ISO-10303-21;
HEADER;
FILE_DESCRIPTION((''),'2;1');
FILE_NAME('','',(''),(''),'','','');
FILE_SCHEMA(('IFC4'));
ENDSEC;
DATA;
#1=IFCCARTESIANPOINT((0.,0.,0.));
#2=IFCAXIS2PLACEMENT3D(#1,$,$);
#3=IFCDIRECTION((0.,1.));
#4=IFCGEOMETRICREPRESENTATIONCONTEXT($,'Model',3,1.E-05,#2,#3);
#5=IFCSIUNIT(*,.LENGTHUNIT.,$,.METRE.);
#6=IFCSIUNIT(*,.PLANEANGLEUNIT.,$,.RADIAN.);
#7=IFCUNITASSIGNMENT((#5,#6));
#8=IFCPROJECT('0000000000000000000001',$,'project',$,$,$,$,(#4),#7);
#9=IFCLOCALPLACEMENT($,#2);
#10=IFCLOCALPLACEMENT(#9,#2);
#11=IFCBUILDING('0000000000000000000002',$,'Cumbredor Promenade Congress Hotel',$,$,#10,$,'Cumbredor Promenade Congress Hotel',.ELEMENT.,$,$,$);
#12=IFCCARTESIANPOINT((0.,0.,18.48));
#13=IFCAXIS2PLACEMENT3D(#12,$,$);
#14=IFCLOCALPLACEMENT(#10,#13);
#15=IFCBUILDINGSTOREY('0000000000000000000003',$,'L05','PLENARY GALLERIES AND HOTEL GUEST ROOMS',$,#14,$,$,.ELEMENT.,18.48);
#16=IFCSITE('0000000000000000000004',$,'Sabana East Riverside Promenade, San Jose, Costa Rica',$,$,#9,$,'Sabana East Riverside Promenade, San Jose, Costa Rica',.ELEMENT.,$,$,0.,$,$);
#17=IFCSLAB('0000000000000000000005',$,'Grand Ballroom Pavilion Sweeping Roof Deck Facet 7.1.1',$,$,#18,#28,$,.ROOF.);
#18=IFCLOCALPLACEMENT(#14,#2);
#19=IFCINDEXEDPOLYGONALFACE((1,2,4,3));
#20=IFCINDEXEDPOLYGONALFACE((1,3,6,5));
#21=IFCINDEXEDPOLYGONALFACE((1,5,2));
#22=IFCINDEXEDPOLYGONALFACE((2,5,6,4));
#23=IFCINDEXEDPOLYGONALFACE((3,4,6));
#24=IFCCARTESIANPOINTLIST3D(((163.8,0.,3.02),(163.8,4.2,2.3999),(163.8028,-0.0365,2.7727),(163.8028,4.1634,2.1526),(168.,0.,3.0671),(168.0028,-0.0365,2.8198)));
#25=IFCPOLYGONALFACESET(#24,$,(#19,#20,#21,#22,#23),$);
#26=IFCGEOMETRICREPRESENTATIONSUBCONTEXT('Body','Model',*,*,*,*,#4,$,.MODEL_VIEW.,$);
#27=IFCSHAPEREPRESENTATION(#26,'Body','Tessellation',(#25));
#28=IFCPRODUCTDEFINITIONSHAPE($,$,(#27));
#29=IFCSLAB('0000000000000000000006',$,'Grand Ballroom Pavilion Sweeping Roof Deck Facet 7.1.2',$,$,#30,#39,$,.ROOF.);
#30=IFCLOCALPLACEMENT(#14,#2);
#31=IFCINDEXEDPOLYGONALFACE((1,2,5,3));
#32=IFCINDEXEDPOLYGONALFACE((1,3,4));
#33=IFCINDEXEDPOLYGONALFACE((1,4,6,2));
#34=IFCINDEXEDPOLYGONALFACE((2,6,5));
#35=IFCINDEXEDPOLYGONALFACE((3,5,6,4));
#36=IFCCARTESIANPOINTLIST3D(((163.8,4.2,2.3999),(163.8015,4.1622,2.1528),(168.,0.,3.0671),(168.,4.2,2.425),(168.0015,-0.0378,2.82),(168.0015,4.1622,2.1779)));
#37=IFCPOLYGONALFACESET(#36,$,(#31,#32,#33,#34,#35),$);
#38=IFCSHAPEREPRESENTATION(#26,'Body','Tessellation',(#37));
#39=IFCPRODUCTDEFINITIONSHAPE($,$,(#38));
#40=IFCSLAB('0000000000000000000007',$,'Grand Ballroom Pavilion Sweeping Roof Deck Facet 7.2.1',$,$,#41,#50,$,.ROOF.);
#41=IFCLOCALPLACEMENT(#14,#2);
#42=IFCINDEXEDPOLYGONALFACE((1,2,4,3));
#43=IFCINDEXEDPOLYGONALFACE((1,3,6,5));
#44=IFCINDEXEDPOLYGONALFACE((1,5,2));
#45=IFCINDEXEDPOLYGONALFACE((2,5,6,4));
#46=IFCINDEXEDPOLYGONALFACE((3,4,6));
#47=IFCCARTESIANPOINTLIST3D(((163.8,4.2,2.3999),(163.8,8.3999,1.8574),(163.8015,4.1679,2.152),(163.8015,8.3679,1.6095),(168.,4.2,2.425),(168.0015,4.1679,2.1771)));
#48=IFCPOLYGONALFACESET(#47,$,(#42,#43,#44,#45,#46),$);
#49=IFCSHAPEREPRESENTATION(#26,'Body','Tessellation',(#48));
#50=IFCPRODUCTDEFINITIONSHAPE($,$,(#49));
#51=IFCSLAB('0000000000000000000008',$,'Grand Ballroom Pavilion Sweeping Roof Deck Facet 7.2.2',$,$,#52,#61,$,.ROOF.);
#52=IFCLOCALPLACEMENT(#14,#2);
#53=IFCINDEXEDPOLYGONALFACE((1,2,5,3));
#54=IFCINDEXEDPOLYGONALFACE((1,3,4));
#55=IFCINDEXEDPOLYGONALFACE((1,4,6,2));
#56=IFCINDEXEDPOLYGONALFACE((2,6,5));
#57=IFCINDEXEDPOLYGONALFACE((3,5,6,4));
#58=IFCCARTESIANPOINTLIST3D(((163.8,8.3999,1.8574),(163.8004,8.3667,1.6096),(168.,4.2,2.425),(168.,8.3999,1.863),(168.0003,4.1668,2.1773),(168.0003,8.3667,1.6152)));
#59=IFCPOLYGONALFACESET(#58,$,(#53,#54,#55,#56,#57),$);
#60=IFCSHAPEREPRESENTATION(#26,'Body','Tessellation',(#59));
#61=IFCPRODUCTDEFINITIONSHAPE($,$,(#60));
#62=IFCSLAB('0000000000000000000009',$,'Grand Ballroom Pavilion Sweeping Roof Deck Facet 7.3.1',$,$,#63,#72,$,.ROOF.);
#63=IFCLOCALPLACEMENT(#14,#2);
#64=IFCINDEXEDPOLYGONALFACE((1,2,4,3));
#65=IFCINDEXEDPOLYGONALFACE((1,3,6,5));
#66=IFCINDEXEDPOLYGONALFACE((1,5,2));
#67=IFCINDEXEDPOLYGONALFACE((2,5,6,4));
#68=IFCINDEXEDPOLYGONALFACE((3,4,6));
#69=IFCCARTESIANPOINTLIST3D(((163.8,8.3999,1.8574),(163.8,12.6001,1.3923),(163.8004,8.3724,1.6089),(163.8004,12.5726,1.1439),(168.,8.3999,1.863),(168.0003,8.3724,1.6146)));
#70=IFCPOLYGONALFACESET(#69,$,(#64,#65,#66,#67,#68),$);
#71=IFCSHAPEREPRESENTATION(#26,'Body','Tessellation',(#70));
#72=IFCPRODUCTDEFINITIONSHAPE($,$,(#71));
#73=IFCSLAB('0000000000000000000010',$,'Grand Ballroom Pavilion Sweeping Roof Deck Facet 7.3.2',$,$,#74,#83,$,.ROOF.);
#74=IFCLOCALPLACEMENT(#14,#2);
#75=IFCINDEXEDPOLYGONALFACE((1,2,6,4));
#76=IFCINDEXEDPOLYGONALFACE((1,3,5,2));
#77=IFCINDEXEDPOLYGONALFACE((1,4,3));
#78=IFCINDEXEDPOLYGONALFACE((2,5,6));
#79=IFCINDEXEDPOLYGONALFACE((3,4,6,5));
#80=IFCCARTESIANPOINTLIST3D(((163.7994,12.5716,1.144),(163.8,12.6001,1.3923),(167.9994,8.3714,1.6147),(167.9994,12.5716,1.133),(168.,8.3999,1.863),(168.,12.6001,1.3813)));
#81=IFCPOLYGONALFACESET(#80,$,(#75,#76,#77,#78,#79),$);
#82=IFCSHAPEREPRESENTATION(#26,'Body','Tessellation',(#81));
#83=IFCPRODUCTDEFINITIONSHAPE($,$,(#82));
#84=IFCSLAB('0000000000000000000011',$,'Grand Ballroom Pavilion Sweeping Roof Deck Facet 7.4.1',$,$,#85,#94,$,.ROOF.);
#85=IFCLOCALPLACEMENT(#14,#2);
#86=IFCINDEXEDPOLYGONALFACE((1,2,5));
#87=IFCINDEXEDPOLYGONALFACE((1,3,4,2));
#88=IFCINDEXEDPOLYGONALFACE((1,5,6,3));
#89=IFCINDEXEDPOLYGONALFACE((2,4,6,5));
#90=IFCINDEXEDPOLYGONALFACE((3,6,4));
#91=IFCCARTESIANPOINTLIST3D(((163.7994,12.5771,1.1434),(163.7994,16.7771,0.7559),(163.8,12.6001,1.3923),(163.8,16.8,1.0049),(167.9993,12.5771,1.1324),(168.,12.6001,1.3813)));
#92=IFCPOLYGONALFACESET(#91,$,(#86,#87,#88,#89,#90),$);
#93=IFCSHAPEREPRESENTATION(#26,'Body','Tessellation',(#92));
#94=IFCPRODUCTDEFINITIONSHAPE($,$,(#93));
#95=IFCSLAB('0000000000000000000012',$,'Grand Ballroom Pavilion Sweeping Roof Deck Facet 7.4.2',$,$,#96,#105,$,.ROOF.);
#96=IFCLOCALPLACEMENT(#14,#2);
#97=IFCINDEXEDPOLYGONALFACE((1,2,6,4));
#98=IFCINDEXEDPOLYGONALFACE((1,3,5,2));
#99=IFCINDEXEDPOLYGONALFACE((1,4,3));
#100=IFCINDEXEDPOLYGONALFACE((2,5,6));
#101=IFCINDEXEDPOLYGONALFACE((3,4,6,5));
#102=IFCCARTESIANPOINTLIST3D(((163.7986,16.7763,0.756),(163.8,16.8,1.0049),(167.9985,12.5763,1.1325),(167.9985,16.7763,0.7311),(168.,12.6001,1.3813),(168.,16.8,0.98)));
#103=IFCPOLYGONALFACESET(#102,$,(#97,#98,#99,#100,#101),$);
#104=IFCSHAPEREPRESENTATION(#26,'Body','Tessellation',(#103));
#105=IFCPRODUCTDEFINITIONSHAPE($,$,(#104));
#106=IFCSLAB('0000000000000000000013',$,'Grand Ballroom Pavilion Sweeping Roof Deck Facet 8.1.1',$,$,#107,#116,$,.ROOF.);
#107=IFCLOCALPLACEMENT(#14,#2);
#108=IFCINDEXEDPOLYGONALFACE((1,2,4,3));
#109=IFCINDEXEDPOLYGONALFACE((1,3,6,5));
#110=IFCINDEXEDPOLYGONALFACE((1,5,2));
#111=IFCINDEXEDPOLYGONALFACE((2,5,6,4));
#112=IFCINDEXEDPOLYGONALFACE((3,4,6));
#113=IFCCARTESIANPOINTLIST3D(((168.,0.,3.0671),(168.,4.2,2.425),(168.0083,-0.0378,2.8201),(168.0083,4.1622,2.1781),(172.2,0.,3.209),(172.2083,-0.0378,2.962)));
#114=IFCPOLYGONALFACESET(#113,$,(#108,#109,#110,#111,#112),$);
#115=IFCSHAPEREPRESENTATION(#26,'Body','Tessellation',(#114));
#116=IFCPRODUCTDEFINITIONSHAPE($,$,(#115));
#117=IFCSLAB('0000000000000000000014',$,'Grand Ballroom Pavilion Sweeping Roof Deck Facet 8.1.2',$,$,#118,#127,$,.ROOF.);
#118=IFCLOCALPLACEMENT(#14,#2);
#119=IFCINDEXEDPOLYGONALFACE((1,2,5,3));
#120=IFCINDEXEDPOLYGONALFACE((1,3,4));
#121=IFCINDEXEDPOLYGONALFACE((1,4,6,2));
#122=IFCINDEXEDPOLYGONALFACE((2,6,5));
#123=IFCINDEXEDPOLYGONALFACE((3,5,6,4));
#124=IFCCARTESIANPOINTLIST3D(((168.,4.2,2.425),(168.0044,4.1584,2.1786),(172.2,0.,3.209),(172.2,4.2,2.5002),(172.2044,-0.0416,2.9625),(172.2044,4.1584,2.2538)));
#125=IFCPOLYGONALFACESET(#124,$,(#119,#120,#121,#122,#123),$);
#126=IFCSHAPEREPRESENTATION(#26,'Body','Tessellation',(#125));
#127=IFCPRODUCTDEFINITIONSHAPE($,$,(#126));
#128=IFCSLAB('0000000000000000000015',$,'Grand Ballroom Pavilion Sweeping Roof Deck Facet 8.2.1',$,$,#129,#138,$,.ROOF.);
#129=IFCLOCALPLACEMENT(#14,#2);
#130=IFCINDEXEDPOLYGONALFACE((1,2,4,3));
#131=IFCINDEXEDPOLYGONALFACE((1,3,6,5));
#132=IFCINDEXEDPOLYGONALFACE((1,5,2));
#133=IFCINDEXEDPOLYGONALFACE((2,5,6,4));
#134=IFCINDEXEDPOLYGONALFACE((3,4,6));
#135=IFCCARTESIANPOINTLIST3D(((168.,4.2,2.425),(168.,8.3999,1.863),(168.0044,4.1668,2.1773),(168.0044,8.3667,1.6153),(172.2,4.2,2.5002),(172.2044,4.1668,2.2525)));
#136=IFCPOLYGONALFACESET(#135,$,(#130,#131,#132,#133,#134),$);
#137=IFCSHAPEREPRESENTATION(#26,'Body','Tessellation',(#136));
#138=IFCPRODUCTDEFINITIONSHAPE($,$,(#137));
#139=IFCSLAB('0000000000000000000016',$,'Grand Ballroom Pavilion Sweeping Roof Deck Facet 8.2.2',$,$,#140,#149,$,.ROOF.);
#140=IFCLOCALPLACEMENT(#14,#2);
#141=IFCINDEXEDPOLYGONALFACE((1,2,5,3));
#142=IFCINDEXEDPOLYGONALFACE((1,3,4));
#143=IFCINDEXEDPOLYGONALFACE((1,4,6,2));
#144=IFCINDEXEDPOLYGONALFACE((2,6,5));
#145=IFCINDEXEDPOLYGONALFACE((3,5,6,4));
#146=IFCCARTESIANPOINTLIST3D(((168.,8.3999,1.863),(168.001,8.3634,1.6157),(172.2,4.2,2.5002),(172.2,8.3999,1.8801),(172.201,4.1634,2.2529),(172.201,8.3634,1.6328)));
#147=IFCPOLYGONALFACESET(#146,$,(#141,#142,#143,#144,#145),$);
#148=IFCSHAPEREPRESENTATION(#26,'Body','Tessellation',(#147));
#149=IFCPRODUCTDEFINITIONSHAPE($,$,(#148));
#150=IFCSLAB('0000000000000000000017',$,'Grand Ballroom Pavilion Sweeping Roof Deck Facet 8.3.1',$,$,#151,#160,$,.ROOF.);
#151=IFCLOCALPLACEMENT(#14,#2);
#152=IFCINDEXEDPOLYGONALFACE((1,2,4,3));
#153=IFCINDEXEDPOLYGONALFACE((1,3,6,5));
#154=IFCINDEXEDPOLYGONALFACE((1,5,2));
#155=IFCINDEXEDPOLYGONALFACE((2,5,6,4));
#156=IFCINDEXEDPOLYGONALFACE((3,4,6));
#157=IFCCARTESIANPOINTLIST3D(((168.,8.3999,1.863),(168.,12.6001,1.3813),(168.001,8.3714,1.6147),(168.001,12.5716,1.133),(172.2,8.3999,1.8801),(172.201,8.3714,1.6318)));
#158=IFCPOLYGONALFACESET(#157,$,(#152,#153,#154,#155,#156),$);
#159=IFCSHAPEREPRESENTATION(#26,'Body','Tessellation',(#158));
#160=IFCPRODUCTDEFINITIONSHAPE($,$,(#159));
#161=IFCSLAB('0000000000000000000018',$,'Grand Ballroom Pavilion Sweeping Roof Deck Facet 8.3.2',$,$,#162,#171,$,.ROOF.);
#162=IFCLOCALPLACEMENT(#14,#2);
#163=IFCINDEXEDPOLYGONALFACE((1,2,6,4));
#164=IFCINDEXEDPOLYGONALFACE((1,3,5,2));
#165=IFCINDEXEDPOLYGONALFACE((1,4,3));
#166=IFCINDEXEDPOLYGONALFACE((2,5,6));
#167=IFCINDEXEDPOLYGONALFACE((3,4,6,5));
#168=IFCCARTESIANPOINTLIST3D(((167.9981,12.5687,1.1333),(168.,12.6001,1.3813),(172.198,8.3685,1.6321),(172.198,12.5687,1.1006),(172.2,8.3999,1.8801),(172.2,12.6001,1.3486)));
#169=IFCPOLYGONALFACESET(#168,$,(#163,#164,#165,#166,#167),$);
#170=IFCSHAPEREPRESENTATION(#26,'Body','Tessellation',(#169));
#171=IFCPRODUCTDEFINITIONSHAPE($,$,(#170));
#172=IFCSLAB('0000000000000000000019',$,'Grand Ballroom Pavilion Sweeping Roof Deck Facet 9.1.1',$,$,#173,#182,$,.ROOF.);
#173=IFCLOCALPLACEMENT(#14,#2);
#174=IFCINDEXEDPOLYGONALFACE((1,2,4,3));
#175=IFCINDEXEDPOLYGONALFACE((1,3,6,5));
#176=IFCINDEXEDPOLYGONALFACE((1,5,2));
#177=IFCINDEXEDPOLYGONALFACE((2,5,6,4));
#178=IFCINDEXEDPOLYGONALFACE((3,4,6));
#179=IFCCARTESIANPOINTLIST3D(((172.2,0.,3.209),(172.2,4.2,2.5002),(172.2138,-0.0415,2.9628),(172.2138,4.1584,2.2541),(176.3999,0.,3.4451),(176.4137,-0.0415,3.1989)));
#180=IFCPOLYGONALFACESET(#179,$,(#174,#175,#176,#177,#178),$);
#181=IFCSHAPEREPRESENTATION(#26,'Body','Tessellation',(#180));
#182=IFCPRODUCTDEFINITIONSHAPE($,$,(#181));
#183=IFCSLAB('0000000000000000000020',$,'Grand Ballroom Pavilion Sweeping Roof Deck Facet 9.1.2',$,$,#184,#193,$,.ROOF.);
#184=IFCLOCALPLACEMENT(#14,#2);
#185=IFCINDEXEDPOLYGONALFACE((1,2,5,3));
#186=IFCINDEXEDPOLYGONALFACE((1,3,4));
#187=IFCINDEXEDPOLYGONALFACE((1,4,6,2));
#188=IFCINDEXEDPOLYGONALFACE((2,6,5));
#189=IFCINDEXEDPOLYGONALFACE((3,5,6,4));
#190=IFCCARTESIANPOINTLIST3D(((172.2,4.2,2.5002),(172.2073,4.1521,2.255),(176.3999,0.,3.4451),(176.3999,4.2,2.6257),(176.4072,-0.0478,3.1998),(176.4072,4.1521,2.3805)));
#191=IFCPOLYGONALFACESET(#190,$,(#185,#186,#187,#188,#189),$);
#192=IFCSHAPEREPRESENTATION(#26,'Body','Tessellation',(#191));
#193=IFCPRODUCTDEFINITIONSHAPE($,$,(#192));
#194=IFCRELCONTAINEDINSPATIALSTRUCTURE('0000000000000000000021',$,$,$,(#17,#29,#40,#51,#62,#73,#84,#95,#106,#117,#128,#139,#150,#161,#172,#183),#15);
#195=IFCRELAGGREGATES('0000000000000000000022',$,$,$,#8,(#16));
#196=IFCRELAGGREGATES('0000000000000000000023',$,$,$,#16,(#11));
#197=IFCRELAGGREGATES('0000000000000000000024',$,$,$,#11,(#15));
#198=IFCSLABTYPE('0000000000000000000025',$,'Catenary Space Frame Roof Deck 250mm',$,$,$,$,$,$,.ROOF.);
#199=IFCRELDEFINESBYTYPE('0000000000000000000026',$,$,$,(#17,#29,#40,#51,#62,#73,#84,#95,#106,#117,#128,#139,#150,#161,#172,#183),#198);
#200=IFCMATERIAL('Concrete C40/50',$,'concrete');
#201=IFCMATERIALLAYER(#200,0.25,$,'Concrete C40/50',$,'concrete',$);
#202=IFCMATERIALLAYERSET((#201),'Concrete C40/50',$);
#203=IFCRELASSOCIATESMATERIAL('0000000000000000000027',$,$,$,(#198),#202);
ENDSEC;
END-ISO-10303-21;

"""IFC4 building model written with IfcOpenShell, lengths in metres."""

from ifc_helpers import new_model, si_unit, direction, frame, origin, place, context, subcontext, project, spatial, polyline, outline, extrude, material, layer, layer_set, type_object, element, save


model = new_model("IFC4")

# Units and contexts
model_context = context("Model", 3, precision=1e-05, world=origin(), true_north=direction((0.0, 1.0)))
body_context = subcontext(model_context, "Body", "Model", "MODEL_VIEW")
ifc_project = project(units=[si_unit("LENGTHUNIT", "METRE"), si_unit("PLANEANGLEUNIT", "RADIAN")], contexts=[model_context])

# Site, building, storey
site_placement = place(None, origin())
site = spatial("IfcSite", under=ifc_project, at=site_placement, Name="Sabana East Riverside Promenade, San Jose, Costa Rica", LongName="Sabana East Riverside Promenade, San Jose, Costa Rica", CompositionType="ELEMENT", RefElevation=0.0)
building_placement = place(site_placement, origin())
building = spatial("IfcBuilding", under=site, at=building_placement, Name="Cumbredor Promenade Congress Hotel", LongName="Cumbredor Promenade Congress Hotel", CompositionType="ELEMENT")
storey_placement = place(building_placement, frame((0.0, 0.0, 18.48)))
storey = spatial("IfcBuildingStorey", under=building, at=storey_placement, Name="L05", Description="PLENARY GALLERIES AND HOTEL GUEST ROOMS", CompositionType="ELEMENT", Elevation=18.48)

# Slabs
ifc_material_1 = material(Name="Concrete C40/50", Category="concrete")
ifc_layer_1 = layer(ifc_material_1, 0.25, Name="Concrete C40/50", Category="concrete")
ifc_layer_set_1 = layer_set([ifc_layer_1], Name="Concrete C40/50")
slab_type = type_object("IfcSlabType", Name="Catenary Space Frame Roof Deck 250mm", PredefinedType="ROOF", material=ifc_layer_set_1)
slab_1_placement = place(storey_placement, frame((163.8, 0.0, 3.02), z_axis=(-0.011098, 0.146056, 0.989214), x_axis=(0.999937, 0.0, 0.011218)))
element("IfcSlab", 1, at=slab_1_placement, inside=storey, type_object=slab_type, Name="Grand Ballroom Pavilion Sweeping Roof Deck Facet 7.1.1", PredefinedType="ROOF", context=body_context, shape_type="SweptSolid", body=[
    extrude(outline(polyline([(0.0, 0.0), (4.2002, 0.0), (-0.007, 4.2455), (0.0, 0.0)])), origin(), (0.0, 0.0, -1.0), 0.25),
])
slab_2_placement = place(storey_placement, frame((168.0, 0.0, 3.0671), z_axis=(-0.005918, 0.151122, 0.988497), x_axis=(0.0, 0.988515, -0.151124)))
element("IfcSlab", 2, at=slab_2_placement, inside=storey, type_object=slab_type, Name="Grand Ballroom Pavilion Sweeping Roof Deck Facet 7.1.2", PredefinedType="ROOF", context=body_context, shape_type="SweptSolid", body=[
    extrude(outline(polyline([(0.0, 0.0), (4.2487, 0.0), (4.2525, 4.2), (0.0, 0.0)])), origin(), (0.0, 0.0, -1.0), 0.25),
])
slab_3_placement = place(storey_placement, frame((163.8, 4.2, 2.3999), z_axis=(-0.005938, 0.128097, 0.991744), x_axis=(0.999982, 0.0, 0.005987)))
element("IfcSlab", 3, at=slab_3_placement, inside=storey, type_object=slab_type, Name="Grand Ballroom Pavilion Sweeping Roof Deck Facet 7.2.1", PredefinedType="ROOF", context=body_context, shape_type="SweptSolid", body=[
    extrude(outline(polyline([(0.0, 0.0), (4.2, 0.0), (-0.0032, 4.2348), (0.0, 0.0)])), origin(), (0.0, 0.0, -1.0), 0.25),
])
slab_4_placement = place(storey_placement, frame((168.0, 4.2, 2.425), z_axis=(-0.001325, 0.132632, 0.991165), x_axis=(0.0, 0.991165, -0.132632)))
element("IfcSlab", 4, at=slab_4_placement, inside=storey, type_object=slab_type, Name="Grand Ballroom Pavilion Sweeping Roof Deck Facet 7.2.2", PredefinedType="ROOF", context=body_context, shape_type="SweptSolid", body=[
    extrude(outline(polyline([(0.0, 0.0), (4.2374, 0.0), (4.2381, 4.2), (0.0, 0.0)])), origin(), (0.0, 0.0, -1.0), 0.25),
])
slab_5_placement = place(storey_placement, frame((163.8, 8.3999, 1.8574), z_axis=(-0.001329, 0.110057, 0.993924), x_axis=(0.999999, 0.0, 0.001337)))
element("IfcSlab", 5, at=slab_5_placement, inside=storey, type_object=slab_type, Name="Grand Ballroom Pavilion Sweeping Roof Deck Facet 7.3.1", PredefinedType="ROOF", context=body_context, shape_type="SweptSolid", body=[
    extrude(outline(polyline([(0.0, 0.0), (4.2, 0.0), (-0.0006, 4.2259), (0.0, 0.0)])), origin(), (0.0, 0.0, -1.0), 0.25),
])
slab_6_placement = place(storey_placement, frame((168.0, 8.3999, 1.863), z_axis=(0.002599, 0.113935, 0.993485), x_axis=(0.0, 0.993488, -0.113936)))
element("IfcSlab", 6, at=slab_6_placement, inside=storey, type_object=slab_type, Name="Grand Ballroom Pavilion Sweeping Roof Deck Facet 7.3.2", PredefinedType="ROOF", context=body_context, shape_type="SweptSolid", body=[
    extrude(outline(polyline([(0.0, 0.0), (4.2277, 0.0), (4.2265, 4.2), (0.0, 0.0)])), origin(), (0.0, 0.0, -1.0), 0.25),
])
slab_7_placement = place(storey_placement, frame((163.8, 12.6001, 1.3923), z_axis=(0.002605, 0.091861, 0.995768), x_axis=(0.999997, 0.0, -0.002616)))
element("IfcSlab", 7, at=slab_7_placement, inside=storey, type_object=slab_type, Name="Grand Ballroom Pavilion Sweeping Roof Deck Facet 7.4.1", PredefinedType="ROOF", context=body_context, shape_type="SweptSolid", body=[
    extrude(outline(polyline([(0.0, 0.0), (4.2, 0.0), (0.001, 4.2178), (0.0, 0.0)])), origin(), (0.0, 0.0, -1.0), 0.25),
])
slab_8_placement = place(storey_placement, frame((168.0, 12.6001, 1.3813), z_axis=(0.005902, 0.09513, 0.995447), x_axis=(0.0, 0.995465, -0.095131)))
element("IfcSlab", 8, at=slab_8_placement, inside=storey, type_object=slab_type, Name="Grand Ballroom Pavilion Sweeping Roof Deck Facet 7.4.2", PredefinedType="ROOF", context=body_context, shape_type="SweptSolid", body=[
    extrude(outline(polyline([(0.0, 0.0), (4.2191, 0.0), (4.2167, 4.2), (0.0, 0.0)])), origin(), (0.0, 0.0, -1.0), 0.25),
])
slab_9_placement = place(storey_placement, frame((168.0, 0.0, 3.0671), z_axis=(-0.033367, 0.15104, 0.987964), x_axis=(0.99943, 0.0, 0.033754)))
element("IfcSlab", 9, at=slab_9_placement, inside=storey, type_object=slab_type, Name="Grand Ballroom Pavilion Sweeping Roof Deck Facet 8.1.1", PredefinedType="ROOF", context=body_context, shape_type="SweptSolid", body=[
    extrude(outline(polyline([(0.0, 0.0), (4.2023, 0.0), (-0.0217, 4.2487), (0.0, 0.0)])), origin(), (0.0, 0.0, -1.0), 0.25),
])
slab_10_placement = place(storey_placement, frame((172.2, 0.0, 3.209), z_axis=(-0.017652, 0.166371, 0.985905), x_axis=(0.0, 0.986059, -0.166397)))
element("IfcSlab", 10, at=slab_10_placement, inside=storey, type_object=slab_type, Name="Grand Ballroom Pavilion Sweeping Roof Deck Facet 8.1.2", PredefinedType="ROOF", context=body_context, shape_type="SweptSolid", body=[
    extrude(outline(polyline([(0.0, 0.0), (4.2593, 0.0), (4.2718, 4.2006), (0.0, 0.0)])), origin(), (0.0, 0.0, -1.0), 0.25),
])
slab_11_placement = place(storey_placement, frame((168.0, 4.2, 2.425), z_axis=(-0.017743, 0.132611, 0.991009), x_axis=(0.99984, 0.0, 0.017901)))
element("IfcSlab", 11, at=slab_11_placement, inside=storey, type_object=slab_type, Name="Grand Ballroom Pavilion Sweeping Roof Deck Facet 8.2.1", PredefinedType="ROOF", context=body_context, shape_type="SweptSolid", body=[
    extrude(outline(polyline([(0.0, 0.0), (4.2006, 0.0), (-0.0101, 4.2374), (0.0, 0.0)])), origin(), (0.0, 0.0, -1.0), 0.25),
])
slab_12_placement = place(storey_placement, frame((172.2, 4.2, 2.5002), z_axis=(-0.004025, 0.146064, 0.989267), x_axis=(0.0, 0.989275, -0.146065)))
element("IfcSlab", 12, at=slab_12_placement, inside=storey, type_object=slab_type, Name="Grand Ballroom Pavilion Sweeping Roof Deck Facet 8.2.2", PredefinedType="ROOF", context=body_context, shape_type="SweptSolid", body=[
    extrude(outline(polyline([(0.0, 0.0), (4.2455, 0.0), (4.248, 4.2), (0.0, 0.0)])), origin(), (0.0, 0.0, -1.0), 0.25),
])
slab_13_placement = place(storey_placement, frame((168.0, 8.3999, 1.863), z_axis=(-0.004043, 0.113935, 0.99348), x_axis=(0.999992, 0.0, 0.004069)))
element("IfcSlab", 13, at=slab_13_placement, inside=storey, type_object=slab_type, Name="Grand Ballroom Pavilion Sweeping Roof Deck Facet 8.3.1", PredefinedType="ROOF", context=body_context, shape_type="SweptSolid", body=[
    extrude(outline(polyline([(0.0, 0.0), (4.2, 0.0), (-0.002, 4.2277), (0.0, 0.0)])), origin(), (0.0, 0.0, -1.0), 0.25),
])
slab_14_placement = place(storey_placement, frame((172.2, 8.3999, 1.8801), z_axis=(0.007727, 0.125535, 0.992059), x_axis=(0.0, 0.992089, -0.125539)))
element("IfcSlab", 14, at=slab_14_placement, inside=storey, type_object=slab_type, Name="Grand Ballroom Pavilion Sweeping Roof Deck Facet 8.3.2", PredefinedType="ROOF", context=body_context, shape_type="SweptSolid", body=[
    extrude(outline(polyline([(0.0, 0.0), (4.2337, 0.0), (4.2296, 4.2001), (0.0, 0.0)])), origin(), (0.0, 0.0, -1.0), 0.25),
])
slab_15_placement = place(storey_placement, frame((172.2, 0.0, 3.209), z_axis=(-0.055343, 0.166142, 0.984548), x_axis=(0.998424, 0.0, 0.056123)))
element("IfcSlab", 15, at=slab_15_placement, inside=storey, type_object=slab_type, Name="Grand Ballroom Pavilion Sweeping Roof Deck Facet 9.1.1", PredefinedType="ROOF", context=body_context, shape_type="SweptSolid", body=[
    extrude(outline(polyline([(0.0, 0.0), (4.2066, 0.0), (-0.0398, 4.2591), (0.0, 0.0)])), origin(), (0.0, 0.0, -1.0), 0.25),
])
slab_16_placement = place(storey_placement, frame((176.3999, 0.0, 3.4451), z_axis=(-0.029313, 0.191391, 0.981076), x_axis=(0.0, 0.981498, -0.191473)))
element("IfcSlab", 16, at=slab_16_placement, inside=storey, type_object=slab_type, Name="Grand Ballroom Pavilion Sweeping Roof Deck Facet 9.1.2", PredefinedType="ROOF", context=body_context, shape_type="SweptSolid", body=[
    extrude(outline(polyline([(0.0, 0.0), (4.2791, 0.0), (4.3032, 4.2018), (0.0, 0.0)])), origin(), (0.0, 0.0, -1.0), 0.25),
])

save(model, "model.ifc")
